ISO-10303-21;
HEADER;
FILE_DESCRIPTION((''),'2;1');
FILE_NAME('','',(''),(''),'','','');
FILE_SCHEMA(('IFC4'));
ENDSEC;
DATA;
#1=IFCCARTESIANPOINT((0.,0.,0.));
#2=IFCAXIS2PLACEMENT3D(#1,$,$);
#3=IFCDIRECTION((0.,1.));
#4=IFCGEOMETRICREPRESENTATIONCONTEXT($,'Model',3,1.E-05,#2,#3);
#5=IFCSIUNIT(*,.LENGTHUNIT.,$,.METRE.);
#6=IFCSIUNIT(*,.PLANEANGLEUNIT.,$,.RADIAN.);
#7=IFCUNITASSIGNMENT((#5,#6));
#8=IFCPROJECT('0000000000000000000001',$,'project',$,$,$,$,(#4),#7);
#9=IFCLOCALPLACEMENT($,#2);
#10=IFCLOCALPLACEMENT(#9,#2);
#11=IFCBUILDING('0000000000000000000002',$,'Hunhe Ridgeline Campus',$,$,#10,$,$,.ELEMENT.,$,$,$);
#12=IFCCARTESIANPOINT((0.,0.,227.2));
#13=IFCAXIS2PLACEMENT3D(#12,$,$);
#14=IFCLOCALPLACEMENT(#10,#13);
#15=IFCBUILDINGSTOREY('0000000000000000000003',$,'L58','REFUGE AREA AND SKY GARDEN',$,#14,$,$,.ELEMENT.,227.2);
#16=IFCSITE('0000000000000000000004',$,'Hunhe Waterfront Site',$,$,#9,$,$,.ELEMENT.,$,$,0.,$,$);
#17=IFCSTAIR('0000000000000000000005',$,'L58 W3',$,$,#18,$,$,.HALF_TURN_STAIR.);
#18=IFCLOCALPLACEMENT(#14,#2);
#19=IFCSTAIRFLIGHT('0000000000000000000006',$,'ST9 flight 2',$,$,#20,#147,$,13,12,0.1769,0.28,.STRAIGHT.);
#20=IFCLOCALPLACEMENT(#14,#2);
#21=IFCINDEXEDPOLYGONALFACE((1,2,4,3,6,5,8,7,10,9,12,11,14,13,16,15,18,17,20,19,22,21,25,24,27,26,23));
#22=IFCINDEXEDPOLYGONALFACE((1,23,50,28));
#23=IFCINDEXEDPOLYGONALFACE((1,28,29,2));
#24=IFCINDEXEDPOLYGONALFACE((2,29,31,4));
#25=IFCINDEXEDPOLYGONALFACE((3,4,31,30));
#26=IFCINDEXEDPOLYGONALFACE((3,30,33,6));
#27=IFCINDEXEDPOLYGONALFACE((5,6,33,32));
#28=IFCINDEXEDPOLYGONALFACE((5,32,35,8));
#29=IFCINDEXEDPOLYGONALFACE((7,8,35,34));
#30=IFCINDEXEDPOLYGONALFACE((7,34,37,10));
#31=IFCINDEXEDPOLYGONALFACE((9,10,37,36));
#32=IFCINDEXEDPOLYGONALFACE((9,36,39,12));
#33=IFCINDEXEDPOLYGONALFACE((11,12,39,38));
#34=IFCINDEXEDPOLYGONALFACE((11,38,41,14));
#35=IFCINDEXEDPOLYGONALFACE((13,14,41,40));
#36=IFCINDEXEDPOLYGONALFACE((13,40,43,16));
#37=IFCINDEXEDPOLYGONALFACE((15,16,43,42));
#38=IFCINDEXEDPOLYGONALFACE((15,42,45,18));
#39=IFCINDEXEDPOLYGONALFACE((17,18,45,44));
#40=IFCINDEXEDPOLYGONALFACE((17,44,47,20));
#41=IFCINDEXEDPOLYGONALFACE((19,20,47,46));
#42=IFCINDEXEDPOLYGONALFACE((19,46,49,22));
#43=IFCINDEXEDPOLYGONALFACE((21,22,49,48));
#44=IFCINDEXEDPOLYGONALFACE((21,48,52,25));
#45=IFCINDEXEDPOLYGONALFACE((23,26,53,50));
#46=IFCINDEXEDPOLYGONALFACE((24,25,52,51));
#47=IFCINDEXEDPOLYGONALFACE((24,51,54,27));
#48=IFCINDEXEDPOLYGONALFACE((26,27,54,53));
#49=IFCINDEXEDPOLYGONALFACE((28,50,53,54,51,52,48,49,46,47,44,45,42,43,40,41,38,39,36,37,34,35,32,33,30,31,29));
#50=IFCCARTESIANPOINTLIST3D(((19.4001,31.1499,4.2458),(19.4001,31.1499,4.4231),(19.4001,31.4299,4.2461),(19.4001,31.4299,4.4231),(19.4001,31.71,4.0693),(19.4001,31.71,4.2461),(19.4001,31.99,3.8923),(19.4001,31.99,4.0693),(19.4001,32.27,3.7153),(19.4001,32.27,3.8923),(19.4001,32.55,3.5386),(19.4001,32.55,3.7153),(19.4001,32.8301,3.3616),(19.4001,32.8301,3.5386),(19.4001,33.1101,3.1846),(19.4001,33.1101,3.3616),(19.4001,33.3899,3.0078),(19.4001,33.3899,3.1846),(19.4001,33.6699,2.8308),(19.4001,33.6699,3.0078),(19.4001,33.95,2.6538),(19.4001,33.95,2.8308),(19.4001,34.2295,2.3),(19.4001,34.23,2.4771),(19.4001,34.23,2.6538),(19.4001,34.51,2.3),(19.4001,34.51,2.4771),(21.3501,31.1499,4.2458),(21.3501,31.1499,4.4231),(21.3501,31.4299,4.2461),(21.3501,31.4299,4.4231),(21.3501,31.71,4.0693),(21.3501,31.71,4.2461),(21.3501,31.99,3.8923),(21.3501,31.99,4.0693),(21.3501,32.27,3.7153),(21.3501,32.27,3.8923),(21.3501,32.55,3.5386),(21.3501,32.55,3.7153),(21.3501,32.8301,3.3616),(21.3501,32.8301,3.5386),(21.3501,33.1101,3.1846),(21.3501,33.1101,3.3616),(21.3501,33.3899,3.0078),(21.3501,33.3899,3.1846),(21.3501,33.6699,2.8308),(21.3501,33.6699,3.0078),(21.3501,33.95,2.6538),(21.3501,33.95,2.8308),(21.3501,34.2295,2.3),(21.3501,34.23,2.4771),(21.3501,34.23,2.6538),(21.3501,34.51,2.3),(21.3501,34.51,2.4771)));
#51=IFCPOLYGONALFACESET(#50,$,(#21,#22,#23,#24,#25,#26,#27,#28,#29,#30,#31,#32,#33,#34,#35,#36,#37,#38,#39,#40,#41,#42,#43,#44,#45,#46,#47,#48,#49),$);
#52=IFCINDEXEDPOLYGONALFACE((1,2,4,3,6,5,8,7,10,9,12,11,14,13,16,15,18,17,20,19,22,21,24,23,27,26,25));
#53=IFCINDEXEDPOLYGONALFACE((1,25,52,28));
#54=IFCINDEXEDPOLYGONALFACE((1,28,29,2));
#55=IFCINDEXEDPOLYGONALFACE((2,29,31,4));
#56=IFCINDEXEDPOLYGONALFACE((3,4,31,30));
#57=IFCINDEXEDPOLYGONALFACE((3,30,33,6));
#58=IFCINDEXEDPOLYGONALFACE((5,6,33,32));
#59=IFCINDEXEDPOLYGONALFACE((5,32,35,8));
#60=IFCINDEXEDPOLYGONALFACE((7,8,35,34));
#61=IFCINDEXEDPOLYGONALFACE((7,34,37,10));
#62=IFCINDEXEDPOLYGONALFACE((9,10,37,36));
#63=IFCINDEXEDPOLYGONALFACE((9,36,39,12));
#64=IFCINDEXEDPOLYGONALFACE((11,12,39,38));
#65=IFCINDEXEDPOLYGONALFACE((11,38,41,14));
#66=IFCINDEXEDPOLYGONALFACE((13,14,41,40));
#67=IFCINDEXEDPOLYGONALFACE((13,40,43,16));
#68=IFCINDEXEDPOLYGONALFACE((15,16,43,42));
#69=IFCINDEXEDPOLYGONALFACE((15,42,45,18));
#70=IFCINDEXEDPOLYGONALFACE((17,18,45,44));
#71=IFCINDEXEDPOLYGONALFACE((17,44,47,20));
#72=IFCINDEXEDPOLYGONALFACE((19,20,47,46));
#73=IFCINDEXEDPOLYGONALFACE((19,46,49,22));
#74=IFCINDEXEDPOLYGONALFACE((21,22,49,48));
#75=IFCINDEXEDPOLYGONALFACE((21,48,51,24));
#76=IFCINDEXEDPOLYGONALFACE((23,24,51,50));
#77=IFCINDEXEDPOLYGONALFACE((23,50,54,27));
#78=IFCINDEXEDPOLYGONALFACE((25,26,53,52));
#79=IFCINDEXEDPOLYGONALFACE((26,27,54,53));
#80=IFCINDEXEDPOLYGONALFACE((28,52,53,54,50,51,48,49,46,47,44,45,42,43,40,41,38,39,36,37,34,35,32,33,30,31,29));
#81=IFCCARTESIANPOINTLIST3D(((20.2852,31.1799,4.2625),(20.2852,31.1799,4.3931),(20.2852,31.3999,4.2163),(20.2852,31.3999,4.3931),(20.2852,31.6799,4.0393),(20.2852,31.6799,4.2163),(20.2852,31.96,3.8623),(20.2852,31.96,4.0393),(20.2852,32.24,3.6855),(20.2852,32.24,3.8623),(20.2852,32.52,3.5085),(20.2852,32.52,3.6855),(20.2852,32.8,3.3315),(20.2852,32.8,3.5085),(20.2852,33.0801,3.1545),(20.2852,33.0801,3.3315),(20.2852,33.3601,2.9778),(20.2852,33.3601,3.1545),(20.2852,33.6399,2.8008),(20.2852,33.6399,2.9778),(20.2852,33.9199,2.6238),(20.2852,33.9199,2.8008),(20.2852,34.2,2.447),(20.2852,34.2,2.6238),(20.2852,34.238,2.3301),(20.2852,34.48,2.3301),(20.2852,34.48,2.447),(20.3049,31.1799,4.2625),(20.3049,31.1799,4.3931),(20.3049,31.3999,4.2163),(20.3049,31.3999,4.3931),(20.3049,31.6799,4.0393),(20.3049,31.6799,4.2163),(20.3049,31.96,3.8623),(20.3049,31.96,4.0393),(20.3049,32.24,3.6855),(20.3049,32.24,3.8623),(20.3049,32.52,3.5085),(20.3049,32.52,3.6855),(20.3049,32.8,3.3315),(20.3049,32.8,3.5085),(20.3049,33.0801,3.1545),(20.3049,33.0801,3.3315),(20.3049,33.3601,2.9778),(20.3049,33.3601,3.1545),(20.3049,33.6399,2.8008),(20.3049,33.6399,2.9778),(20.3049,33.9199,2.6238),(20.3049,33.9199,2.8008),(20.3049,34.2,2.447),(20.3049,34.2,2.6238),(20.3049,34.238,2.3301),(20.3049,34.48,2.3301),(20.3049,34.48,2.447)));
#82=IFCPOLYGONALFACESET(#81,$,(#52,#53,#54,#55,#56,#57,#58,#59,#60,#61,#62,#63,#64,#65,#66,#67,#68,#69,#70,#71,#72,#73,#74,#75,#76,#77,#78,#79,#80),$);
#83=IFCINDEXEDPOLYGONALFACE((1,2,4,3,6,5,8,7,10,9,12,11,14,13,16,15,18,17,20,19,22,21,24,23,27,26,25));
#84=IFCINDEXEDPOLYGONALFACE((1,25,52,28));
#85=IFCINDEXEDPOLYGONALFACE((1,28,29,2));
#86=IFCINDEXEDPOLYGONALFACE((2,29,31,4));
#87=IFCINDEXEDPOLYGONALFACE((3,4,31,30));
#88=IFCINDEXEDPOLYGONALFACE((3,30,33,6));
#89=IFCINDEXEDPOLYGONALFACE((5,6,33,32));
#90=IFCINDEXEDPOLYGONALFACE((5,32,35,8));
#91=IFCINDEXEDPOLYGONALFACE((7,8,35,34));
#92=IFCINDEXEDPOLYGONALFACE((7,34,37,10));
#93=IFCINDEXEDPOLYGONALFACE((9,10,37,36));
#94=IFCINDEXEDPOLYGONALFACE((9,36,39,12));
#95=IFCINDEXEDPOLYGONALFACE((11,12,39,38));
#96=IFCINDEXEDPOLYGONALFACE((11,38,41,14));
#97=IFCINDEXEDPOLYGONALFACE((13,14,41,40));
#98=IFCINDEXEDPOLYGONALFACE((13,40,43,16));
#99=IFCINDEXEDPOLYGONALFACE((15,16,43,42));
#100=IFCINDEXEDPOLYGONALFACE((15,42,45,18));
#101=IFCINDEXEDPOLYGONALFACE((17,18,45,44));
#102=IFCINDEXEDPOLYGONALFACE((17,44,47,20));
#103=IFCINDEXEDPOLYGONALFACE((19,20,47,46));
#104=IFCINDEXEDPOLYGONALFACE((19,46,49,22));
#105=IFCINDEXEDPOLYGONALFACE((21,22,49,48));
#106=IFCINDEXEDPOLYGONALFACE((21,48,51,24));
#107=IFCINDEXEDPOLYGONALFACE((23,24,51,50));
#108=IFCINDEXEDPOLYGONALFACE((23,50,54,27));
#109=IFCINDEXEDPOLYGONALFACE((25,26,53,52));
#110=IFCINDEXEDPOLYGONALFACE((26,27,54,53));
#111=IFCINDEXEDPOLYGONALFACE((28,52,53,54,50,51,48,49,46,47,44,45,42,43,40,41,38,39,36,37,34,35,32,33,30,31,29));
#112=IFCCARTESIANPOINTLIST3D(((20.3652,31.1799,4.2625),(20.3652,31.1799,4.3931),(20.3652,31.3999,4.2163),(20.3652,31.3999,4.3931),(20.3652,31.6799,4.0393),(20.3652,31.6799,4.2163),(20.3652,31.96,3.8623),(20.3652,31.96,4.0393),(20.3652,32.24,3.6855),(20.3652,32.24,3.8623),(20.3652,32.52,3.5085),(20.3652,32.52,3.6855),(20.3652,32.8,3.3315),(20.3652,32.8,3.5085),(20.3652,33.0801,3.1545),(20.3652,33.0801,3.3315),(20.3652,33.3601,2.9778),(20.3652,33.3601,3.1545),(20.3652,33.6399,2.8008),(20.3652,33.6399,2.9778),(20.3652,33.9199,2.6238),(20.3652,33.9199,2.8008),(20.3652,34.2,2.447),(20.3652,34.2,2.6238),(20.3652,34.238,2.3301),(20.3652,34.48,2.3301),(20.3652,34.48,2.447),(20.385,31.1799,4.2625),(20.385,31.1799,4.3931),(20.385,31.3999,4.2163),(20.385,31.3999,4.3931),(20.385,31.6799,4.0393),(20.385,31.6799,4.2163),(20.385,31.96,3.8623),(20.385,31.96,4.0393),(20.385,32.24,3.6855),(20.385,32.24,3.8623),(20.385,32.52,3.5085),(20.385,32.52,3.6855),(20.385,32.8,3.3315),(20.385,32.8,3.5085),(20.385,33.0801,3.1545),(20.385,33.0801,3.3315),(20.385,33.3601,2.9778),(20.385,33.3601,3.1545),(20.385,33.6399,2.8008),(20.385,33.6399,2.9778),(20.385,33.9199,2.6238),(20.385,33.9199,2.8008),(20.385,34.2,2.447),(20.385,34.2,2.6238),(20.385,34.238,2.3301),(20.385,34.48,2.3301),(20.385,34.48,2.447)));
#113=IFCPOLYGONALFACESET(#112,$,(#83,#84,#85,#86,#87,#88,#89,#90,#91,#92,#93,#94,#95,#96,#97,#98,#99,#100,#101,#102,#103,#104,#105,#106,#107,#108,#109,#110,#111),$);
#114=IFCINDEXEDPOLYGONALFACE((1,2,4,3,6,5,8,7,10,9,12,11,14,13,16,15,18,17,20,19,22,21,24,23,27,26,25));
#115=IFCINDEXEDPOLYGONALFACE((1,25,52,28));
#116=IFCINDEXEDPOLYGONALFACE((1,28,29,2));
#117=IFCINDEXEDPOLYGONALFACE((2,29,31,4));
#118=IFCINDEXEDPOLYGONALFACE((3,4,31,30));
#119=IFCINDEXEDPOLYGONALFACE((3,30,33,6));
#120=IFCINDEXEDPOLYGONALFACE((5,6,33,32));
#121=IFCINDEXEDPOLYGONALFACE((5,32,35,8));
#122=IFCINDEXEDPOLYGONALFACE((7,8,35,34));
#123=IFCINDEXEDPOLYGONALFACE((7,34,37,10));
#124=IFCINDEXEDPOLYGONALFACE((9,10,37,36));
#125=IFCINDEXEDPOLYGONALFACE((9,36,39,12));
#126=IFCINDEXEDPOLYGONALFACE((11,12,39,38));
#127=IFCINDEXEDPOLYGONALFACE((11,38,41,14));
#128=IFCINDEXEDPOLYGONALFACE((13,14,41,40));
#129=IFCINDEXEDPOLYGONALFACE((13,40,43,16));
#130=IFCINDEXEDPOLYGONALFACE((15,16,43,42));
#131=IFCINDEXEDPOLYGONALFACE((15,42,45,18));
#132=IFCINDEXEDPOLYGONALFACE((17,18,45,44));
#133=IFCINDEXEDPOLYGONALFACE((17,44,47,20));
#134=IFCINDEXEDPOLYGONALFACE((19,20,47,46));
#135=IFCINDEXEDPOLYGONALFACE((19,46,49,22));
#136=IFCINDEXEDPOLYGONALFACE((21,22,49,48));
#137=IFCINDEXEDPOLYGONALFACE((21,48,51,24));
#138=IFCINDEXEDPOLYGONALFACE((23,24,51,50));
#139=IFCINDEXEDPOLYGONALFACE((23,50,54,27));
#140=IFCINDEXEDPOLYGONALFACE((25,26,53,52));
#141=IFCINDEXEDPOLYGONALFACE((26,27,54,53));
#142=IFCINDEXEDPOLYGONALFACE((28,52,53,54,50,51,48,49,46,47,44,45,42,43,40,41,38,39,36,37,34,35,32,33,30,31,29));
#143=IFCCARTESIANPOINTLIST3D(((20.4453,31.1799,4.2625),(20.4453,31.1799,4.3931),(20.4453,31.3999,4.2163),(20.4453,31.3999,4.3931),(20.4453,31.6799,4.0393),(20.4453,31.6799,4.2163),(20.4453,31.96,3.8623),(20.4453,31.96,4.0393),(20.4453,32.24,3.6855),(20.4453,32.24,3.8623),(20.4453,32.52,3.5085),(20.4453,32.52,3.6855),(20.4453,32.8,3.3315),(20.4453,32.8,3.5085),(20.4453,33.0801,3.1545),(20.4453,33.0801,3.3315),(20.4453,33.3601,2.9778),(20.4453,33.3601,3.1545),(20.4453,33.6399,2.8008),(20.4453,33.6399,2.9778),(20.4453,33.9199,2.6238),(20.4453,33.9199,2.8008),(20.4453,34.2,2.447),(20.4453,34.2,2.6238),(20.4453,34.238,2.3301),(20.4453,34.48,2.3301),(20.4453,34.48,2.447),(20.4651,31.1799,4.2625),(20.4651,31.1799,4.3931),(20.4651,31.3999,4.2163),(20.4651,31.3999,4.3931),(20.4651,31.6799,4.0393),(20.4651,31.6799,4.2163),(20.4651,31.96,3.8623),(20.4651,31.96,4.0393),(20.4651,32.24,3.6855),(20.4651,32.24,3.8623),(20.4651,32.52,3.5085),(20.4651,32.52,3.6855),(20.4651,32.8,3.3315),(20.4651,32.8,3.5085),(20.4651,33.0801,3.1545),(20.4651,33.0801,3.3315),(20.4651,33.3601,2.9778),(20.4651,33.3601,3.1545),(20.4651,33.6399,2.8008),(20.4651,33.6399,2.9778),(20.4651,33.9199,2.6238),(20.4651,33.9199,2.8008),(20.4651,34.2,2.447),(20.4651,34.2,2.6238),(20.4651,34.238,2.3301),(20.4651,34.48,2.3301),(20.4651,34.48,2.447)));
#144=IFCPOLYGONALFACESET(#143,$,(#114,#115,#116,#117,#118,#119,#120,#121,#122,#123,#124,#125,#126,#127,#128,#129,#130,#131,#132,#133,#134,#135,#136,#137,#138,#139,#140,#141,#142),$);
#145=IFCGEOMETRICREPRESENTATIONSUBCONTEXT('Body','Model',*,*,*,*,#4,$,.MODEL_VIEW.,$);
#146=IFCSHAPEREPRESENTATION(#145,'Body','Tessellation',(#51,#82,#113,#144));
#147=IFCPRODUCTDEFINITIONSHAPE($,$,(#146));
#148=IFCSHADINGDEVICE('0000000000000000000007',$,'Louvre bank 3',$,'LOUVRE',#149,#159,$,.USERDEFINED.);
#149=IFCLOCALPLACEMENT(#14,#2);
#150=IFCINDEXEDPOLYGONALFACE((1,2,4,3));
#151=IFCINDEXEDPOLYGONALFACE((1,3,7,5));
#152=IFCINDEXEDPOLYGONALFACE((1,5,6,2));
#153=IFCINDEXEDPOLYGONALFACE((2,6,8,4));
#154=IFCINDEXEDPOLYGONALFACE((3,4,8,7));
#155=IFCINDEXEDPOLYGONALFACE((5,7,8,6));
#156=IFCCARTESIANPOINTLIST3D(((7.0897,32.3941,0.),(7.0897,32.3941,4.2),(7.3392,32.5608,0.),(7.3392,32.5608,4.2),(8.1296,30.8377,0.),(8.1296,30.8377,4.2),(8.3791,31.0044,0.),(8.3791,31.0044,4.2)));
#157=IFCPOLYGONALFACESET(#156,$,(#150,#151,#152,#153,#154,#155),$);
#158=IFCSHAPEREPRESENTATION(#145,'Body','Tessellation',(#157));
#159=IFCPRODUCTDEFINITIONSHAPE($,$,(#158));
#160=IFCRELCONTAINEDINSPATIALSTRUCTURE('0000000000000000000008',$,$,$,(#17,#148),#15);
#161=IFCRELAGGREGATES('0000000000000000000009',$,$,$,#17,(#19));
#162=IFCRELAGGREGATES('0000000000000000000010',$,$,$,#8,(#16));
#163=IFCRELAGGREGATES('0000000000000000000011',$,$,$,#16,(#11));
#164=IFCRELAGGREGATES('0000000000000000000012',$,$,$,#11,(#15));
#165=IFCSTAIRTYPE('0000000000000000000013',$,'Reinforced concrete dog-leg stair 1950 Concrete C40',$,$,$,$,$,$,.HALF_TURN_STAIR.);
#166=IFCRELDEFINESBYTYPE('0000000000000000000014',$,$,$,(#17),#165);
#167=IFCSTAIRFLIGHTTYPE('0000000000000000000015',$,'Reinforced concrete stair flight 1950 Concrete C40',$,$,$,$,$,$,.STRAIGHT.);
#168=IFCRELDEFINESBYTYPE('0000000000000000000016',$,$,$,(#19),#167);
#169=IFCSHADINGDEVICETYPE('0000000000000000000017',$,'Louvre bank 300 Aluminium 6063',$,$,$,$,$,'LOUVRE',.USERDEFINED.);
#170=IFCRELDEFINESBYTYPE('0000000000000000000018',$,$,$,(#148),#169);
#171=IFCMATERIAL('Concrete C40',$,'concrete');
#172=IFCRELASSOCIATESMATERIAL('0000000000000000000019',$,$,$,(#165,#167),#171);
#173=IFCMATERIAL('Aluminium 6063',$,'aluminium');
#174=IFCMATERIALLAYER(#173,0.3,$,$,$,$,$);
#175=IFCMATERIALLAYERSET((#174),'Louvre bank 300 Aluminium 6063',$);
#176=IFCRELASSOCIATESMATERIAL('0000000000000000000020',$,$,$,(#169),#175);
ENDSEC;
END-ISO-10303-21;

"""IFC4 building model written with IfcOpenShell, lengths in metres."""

from ifc_helpers import new_model, si_unit, direction, frame, origin, origin_2d, place, context, subcontext, project, spatial, polyline, rectangle, outline, extrude, material, layer, layer_set, type_object, element, aggregate, save


model = new_model("IFC4")

# Units and contexts
model_context = context("Model", 3, precision=1e-05, world=origin(), true_north=direction((0.0, 1.0)))
body_context = subcontext(model_context, "Body", "Model", "MODEL_VIEW")
ifc_project = project(units=[si_unit("LENGTHUNIT", "METRE"), si_unit("PLANEANGLEUNIT", "RADIAN")], contexts=[model_context])

# Site, building, storey
site_placement = place(None, origin())
site = spatial("IfcSite", under=ifc_project, at=site_placement, Name="Hunhe Waterfront Site", CompositionType="ELEMENT", RefElevation=0.0)
building_placement = place(site_placement, origin())
building = spatial("IfcBuilding", under=site, at=building_placement, Name="Hunhe Ridgeline Campus", CompositionType="ELEMENT")
storey_placement = place(building_placement, frame((0.0, 0.0, 227.2)))
storey = spatial("IfcBuildingStorey", under=building, at=storey_placement, Name="L58", Description="REFUGE AREA AND SKY GARDEN", CompositionType="ELEMENT", Elevation=227.2)

# Shared definitions
ifc_material_1 = material(Name="Aluminium 6063", Category="aluminium")

# Stair, stair flight
ifc_material_2 = material(Name="Concrete C40", Category="concrete")
stair_type = type_object("IfcStairType", Name="Reinforced concrete dog-leg stair 1950 Concrete C40", PredefinedType="HALF_TURN_STAIR", material=ifc_material_2)
stair_placement = place(storey_placement, origin())
stair = element("IfcStair", 1, at=stair_placement, inside=storey, type_object=stair_type, Name="L58 W3", PredefinedType="HALF_TURN_STAIR")
stair_flight_type = type_object("IfcStairFlightType", Name="Reinforced concrete stair flight 1950 Concrete C40", PredefinedType="STRAIGHT", material=ifc_material_2)
stair_flight_placement = place(storey_placement, frame((20.375, 34.51, 2.3), z_axis=(0.0, 0.0, 1.0), x_axis=(0.0, -1.0, 0.0)))
stair_flight = element("IfcStairFlight", 2, at=stair_flight_placement, type_object=stair_flight_type, Name="ST9 flight 2", NumberOfRisers=13, NumberOfTreads=12, PredefinedType="STRAIGHT", RiserHeight=0.1769, TreadLength=0.28, context=body_context, shape_type="SweptSolid", body=[
    extrude(outline(polyline([(0.0, 0.0), (0.0, 0.177), (0.28, 0.177), (0.28, 0.3538), (0.5601, 0.3538), (0.5601, 0.5308), (0.8401, 0.5308), (0.8401, 0.7078), (1.1201, 0.7078), (1.1201, 0.8845), (1.3999, 0.8845), (1.3999, 1.0615), (1.6799, 1.0615), (1.6799, 1.2385), (1.96, 1.2385), (1.96, 1.4153), (2.24, 1.4153), (2.24, 1.5923), (2.52, 1.5923), (2.52, 1.7693), (2.8, 1.7693), (2.8, 1.946), (3.0801, 1.946), (3.0801, 2.123), (3.3601, 2.123), (3.3601, 2.3), (3.3601, 1.9458), (0.2805, 0.0), (0.0, 0.0)])), frame((0.0, 0.9751, 0.0), z_axis=(0.0, -1.0, 0.0), x_axis=(1.0, 0.0, 0.0)), (0.0, 0.0, 1.0), 1.95),
    extrude(outline(polyline([(0.03, 0.03), (0.03, 0.147), (0.3101, 0.147), (0.3101, 0.3237), (0.5901, 0.3237), (0.5901, 0.5007), (0.8701, 0.5007), (0.8701, 0.6777), (1.1499, 0.6777), (1.1499, 0.8545), (1.4299, 0.8545), (1.4299, 1.0315), (1.71, 1.0315), (1.71, 1.2085), (1.99, 1.2085), (1.99, 1.3855), (2.27, 1.3855), (2.27, 1.5623), (2.55, 1.5623), (2.55, 1.7393), (2.8301, 1.7393), (2.8301, 1.9163), (3.1101, 1.9163), (3.1101, 2.093), (3.3301, 2.093), (3.3301, 1.9624), (0.272, 0.03), (0.03, 0.03)])), frame((0.0, -0.0701, 0.0), z_axis=(0.0, -1.0, 0.0), x_axis=(1.0, 0.0, 0.0)), (0.0, 0.0, 1.0), 0.0198),
    extrude(outline(polyline([(0.03, 0.03), (0.03, 0.147), (0.3101, 0.147), (0.3101, 0.3237), (0.5901, 0.3237), (0.5901, 0.5007), (0.8701, 0.5007), (0.8701, 0.6777), (1.1499, 0.6777), (1.1499, 0.8545), (1.4299, 0.8545), (1.4299, 1.0315), (1.71, 1.0315), (1.71, 1.2085), (1.99, 1.2085), (1.99, 1.3855), (2.27, 1.3855), (2.27, 1.5623), (2.55, 1.5623), (2.55, 1.7393), (2.8301, 1.7393), (2.8301, 1.9163), (3.1101, 1.9163), (3.1101, 2.093), (3.3301, 2.093), (3.3301, 1.9624), (0.272, 0.03), (0.03, 0.03)])), frame((0.0, 0.01, 0.0), z_axis=(0.0, -1.0, 0.0), x_axis=(1.0, 0.0, 0.0)), (0.0, 0.0, 1.0), 0.0198),
    extrude(outline(polyline([(0.03, 0.03), (0.03, 0.147), (0.3101, 0.147), (0.3101, 0.3237), (0.5901, 0.3237), (0.5901, 0.5007), (0.8701, 0.5007), (0.8701, 0.6777), (1.1499, 0.6777), (1.1499, 0.8545), (1.4299, 0.8545), (1.4299, 1.0315), (1.71, 1.0315), (1.71, 1.2085), (1.99, 1.2085), (1.99, 1.3855), (2.27, 1.3855), (2.27, 1.5623), (2.55, 1.5623), (2.55, 1.7393), (2.8301, 1.7393), (2.8301, 1.9163), (3.1101, 1.9163), (3.1101, 2.093), (3.3301, 2.093), (3.3301, 1.9624), (0.272, 0.03), (0.03, 0.03)])), frame((0.0, 0.0901, 0.0), z_axis=(0.0, -1.0, 0.0), x_axis=(1.0, 0.0, 0.0)), (0.0, 0.0, 1.0), 0.0198),
])
aggregate(stair, [stair_flight])

# Shading device
ifc_layer_1 = layer(ifc_material_1, 0.3)
ifc_layer_set_1 = layer_set([ifc_layer_1], Name="Louvre bank 300 Aluminium 6063")
shading_device_type = type_object("IfcShadingDeviceType", Name="Louvre bank 300 Aluminium 6063", ElementType="LOUVRE", PredefinedType="USERDEFINED", material=ifc_layer_set_1)
shading_device_placement = place(storey_placement, frame((7.7344, 31.6992, 0.0), z_axis=(0.0, 0.0, 1.0), x_axis=(0.55557, -0.83147, 0.0)))
element("IfcShadingDevice", 3, at=shading_device_placement, inside=storey, type_object=shading_device_type, Name="Louvre bank 3", ObjectType="LOUVRE", PredefinedType="USERDEFINED", context=body_context, shape_type="SweptSolid", body=[
    extrude(rectangle(XDim=1.8718, YDim=0.3, at=origin_2d()), origin(), (0.0, 0.0, 1.0), 4.2),
])

save(model, "model.ifc")
